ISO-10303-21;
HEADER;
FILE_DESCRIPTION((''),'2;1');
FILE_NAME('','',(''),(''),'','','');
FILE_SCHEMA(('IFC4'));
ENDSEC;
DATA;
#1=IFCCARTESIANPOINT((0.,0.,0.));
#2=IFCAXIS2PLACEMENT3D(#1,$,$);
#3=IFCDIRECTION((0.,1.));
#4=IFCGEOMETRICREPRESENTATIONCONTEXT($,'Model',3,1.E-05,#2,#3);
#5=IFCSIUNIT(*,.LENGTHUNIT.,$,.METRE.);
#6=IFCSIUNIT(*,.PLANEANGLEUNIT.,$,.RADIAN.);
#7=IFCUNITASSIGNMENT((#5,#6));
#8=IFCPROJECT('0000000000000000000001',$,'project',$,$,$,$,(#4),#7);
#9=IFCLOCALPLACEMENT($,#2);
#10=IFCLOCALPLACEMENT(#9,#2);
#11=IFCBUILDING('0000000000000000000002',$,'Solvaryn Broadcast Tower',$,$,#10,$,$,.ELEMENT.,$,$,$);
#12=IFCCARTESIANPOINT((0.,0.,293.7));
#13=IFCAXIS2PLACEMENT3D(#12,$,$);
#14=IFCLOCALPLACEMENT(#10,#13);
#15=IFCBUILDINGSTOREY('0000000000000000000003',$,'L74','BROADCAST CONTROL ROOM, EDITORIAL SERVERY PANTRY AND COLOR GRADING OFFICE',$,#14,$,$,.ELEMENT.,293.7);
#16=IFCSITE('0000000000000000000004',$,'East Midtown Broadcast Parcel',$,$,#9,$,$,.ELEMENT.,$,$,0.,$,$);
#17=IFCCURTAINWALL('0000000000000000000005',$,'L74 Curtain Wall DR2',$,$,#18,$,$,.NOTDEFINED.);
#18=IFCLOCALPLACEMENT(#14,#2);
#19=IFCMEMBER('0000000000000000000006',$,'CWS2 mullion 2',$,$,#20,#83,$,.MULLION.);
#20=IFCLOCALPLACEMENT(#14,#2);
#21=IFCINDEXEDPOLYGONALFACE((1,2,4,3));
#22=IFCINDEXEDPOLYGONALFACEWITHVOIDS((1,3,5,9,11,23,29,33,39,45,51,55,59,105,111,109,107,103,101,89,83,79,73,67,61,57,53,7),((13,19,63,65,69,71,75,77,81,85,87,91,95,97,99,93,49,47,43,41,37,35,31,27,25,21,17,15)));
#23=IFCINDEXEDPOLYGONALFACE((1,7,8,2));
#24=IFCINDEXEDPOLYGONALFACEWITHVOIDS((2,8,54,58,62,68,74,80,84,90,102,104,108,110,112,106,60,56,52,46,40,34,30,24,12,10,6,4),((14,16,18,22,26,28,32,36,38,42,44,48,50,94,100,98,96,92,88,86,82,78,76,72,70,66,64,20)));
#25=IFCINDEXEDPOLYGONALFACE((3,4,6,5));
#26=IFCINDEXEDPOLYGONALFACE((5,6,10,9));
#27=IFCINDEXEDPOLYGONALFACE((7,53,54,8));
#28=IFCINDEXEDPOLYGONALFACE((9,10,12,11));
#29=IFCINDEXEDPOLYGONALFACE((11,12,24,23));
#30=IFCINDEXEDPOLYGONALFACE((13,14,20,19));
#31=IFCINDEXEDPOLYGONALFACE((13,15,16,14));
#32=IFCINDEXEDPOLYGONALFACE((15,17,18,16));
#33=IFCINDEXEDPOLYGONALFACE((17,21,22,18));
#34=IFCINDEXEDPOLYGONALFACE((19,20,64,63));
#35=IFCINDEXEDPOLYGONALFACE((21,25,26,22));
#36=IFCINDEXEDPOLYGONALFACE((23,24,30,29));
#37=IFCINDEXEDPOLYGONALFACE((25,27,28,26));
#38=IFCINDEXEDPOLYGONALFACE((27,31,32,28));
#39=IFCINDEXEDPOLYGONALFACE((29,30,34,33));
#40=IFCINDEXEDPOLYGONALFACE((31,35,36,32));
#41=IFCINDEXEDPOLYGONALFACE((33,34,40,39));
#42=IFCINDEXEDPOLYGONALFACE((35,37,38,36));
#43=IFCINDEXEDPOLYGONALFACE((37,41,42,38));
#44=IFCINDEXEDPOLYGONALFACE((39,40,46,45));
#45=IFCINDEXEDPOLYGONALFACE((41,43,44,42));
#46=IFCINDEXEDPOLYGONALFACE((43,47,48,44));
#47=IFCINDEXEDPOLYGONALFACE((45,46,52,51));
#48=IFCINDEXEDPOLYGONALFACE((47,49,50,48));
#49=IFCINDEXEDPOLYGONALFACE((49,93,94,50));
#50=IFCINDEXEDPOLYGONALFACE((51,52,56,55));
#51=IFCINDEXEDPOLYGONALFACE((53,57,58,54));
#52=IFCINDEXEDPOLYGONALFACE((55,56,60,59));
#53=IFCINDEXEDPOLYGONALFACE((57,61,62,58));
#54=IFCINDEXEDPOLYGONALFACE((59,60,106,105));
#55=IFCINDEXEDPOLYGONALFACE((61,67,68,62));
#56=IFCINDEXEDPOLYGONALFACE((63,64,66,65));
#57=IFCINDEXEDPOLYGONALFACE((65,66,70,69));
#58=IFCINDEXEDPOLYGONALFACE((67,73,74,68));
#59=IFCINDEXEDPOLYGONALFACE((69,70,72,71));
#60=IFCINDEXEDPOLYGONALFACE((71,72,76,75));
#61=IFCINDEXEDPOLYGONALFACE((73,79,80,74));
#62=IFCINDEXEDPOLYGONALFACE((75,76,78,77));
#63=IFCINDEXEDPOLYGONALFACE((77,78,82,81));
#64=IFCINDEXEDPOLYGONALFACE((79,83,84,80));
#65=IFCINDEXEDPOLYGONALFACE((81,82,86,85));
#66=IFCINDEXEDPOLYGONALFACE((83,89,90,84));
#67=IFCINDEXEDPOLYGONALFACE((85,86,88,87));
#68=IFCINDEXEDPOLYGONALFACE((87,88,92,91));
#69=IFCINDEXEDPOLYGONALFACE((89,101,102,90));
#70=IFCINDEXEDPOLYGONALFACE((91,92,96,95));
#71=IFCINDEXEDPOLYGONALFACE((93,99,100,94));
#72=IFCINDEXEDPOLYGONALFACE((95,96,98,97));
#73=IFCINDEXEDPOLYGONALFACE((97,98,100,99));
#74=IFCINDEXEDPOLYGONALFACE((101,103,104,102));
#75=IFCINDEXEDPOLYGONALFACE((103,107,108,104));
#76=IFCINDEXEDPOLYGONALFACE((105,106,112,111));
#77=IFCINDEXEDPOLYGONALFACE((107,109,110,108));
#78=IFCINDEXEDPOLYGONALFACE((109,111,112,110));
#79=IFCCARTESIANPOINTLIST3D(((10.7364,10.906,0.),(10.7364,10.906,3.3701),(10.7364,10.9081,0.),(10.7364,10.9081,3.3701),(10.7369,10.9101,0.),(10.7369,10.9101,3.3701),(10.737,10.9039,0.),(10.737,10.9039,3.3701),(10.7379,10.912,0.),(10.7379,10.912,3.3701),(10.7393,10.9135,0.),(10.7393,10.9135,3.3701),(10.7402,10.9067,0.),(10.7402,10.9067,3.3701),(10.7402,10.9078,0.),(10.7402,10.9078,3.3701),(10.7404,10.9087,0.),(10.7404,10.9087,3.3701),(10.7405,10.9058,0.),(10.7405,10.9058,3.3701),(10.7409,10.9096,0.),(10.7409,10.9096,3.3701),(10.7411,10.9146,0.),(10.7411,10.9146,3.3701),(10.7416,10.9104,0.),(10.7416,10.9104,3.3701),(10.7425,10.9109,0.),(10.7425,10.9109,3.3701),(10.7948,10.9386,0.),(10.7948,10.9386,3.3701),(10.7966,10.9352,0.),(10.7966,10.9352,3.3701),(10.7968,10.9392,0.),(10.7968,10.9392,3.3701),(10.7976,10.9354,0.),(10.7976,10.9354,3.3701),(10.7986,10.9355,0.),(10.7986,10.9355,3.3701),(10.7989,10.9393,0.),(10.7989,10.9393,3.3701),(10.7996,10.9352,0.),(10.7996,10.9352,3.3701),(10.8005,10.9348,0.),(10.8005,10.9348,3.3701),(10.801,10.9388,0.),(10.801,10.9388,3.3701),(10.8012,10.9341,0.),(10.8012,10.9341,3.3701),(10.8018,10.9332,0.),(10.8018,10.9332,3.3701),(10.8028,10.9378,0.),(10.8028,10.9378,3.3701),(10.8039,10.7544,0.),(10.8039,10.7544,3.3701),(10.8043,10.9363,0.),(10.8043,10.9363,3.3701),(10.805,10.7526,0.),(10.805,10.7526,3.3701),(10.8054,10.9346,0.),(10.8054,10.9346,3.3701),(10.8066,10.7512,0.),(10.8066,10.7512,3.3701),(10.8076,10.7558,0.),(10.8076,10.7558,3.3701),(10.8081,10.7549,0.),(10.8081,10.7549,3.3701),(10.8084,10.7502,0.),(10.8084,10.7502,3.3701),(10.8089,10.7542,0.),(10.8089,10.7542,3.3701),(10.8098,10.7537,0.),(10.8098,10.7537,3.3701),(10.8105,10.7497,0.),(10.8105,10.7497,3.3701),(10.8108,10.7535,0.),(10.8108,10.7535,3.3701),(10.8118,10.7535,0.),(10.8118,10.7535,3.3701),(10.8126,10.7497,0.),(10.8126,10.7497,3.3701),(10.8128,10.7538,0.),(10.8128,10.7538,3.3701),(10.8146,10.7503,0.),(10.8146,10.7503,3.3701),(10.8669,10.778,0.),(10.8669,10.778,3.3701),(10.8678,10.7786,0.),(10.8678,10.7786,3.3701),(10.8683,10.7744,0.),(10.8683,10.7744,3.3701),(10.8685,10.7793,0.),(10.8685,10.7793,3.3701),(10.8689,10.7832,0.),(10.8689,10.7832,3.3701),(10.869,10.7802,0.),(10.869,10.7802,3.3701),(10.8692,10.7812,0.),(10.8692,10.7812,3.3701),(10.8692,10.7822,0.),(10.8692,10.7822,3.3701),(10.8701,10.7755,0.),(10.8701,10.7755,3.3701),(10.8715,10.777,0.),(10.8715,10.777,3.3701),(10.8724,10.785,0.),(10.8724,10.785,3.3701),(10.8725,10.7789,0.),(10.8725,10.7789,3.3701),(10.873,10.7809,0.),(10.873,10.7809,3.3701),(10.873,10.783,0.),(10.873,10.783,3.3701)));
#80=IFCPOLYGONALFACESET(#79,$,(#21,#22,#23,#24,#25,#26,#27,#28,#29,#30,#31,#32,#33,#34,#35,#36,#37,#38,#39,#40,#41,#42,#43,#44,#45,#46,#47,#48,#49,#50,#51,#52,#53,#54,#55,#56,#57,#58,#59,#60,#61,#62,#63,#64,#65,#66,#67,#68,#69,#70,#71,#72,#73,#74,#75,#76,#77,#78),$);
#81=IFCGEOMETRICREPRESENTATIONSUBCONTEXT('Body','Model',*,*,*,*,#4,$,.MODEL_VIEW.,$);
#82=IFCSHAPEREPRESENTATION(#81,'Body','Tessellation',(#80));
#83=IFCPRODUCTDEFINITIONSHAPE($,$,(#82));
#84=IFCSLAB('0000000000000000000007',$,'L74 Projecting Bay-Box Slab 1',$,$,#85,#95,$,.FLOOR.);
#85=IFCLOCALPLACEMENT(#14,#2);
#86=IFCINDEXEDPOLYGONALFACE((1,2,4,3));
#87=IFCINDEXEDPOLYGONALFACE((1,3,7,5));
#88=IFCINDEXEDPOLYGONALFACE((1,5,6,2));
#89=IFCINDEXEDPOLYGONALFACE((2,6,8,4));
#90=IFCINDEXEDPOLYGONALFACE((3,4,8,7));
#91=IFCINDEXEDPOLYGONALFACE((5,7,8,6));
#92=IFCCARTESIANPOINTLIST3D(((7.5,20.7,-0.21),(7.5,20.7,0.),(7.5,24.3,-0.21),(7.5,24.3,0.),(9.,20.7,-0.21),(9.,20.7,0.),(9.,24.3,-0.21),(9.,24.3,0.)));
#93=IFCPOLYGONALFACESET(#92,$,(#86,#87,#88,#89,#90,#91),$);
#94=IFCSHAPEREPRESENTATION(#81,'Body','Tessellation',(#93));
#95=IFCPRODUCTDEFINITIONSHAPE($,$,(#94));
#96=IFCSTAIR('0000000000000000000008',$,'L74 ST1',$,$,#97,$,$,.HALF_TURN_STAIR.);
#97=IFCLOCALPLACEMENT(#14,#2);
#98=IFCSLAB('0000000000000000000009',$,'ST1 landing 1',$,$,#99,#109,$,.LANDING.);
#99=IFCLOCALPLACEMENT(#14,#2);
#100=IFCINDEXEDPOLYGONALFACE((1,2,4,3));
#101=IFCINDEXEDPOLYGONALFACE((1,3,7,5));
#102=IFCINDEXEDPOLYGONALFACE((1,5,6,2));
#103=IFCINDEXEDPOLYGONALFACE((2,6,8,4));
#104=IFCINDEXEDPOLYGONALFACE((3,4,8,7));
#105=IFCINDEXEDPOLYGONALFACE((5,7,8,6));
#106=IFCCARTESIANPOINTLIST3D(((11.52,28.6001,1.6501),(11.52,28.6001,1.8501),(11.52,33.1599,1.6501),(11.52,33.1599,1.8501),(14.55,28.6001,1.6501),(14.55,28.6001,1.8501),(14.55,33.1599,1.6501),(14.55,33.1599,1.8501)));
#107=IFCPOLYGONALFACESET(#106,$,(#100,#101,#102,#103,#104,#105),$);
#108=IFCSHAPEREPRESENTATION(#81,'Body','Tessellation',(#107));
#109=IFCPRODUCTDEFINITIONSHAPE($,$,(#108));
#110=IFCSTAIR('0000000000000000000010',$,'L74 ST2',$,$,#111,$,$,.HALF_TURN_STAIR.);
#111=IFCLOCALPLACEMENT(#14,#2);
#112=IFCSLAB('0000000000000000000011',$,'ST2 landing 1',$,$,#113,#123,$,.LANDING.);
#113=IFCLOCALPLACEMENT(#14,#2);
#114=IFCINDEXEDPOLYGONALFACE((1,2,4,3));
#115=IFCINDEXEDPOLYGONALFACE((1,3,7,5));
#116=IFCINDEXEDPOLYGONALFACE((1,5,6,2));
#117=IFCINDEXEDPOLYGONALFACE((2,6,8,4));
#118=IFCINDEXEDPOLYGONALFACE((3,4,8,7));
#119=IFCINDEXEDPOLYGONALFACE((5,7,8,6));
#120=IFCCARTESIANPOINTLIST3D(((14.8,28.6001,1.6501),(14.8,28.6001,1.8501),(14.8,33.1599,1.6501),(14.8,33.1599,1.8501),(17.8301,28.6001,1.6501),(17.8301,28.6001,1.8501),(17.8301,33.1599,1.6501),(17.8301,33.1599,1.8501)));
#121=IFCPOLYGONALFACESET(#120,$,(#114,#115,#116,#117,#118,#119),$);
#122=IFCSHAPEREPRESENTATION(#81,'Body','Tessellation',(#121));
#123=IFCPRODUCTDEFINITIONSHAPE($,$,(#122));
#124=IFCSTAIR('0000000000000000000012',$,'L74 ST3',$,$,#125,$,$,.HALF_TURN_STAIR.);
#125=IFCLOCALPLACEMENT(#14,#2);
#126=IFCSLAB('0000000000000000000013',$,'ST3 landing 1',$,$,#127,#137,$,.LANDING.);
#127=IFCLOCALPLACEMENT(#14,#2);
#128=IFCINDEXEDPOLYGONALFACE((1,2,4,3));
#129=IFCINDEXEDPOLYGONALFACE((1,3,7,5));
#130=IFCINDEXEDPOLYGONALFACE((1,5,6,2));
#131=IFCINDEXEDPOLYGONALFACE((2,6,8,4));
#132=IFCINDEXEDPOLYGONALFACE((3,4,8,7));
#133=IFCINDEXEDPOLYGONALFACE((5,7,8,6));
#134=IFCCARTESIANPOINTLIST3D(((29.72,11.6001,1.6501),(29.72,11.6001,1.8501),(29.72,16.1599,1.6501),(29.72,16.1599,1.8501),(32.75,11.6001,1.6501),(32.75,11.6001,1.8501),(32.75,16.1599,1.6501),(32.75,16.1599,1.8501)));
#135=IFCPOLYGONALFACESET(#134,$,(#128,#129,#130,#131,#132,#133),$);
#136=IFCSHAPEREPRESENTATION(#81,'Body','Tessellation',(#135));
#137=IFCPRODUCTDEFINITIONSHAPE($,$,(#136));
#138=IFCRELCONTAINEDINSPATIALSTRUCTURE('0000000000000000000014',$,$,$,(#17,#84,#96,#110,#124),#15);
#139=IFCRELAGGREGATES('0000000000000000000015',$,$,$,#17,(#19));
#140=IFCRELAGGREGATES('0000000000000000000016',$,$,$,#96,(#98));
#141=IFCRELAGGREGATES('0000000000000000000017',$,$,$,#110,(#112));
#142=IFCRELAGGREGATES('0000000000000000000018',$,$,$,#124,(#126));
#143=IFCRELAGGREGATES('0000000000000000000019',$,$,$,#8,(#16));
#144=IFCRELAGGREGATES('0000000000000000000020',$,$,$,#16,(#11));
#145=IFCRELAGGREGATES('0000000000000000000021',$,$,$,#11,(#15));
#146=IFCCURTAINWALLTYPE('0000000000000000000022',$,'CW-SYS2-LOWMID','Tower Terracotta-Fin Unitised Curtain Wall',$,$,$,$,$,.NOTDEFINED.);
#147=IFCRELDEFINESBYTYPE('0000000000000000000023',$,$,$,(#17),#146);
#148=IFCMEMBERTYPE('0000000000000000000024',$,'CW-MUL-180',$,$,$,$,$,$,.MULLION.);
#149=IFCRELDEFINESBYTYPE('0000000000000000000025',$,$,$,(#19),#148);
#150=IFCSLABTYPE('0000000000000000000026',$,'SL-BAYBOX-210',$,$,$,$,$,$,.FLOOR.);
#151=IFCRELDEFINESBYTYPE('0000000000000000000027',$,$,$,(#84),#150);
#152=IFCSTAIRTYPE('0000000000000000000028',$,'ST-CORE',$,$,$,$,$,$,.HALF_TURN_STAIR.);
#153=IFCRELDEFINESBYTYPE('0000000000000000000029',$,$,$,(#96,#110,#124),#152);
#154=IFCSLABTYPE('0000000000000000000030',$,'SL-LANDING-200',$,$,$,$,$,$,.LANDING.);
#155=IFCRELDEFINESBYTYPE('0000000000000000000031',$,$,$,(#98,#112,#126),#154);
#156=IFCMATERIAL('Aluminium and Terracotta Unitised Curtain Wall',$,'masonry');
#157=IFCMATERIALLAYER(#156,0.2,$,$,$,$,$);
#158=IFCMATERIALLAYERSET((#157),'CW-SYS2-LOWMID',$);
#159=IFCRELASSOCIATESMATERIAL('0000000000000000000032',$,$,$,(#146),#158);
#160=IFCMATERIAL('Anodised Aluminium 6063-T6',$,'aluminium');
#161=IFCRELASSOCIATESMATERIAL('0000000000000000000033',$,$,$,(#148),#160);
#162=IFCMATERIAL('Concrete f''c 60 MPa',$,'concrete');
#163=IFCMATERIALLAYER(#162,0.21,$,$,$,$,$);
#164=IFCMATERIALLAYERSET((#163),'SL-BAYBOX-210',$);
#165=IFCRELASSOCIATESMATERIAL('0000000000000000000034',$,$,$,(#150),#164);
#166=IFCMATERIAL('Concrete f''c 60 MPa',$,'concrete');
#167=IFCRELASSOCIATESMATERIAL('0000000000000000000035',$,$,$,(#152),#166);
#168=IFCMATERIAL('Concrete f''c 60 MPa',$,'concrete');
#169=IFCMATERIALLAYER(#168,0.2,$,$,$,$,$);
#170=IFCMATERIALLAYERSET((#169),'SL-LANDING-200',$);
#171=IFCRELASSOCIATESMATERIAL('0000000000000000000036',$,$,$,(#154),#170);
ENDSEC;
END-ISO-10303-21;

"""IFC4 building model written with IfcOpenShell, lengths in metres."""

from ifc_helpers import new_model, si_unit, direction, frame, origin, origin_2d, place, context, subcontext, project, spatial, polyline, hollow_rectangle, outline, extrude, material, layer, layer_set, material_profile, profile_set, type_object, element, aggregate, save


model = new_model("IFC4")

# Units and contexts
model_context = context("Model", 3, precision=1e-05, world=origin(), true_north=direction((0.0, 1.0)))
body_context = subcontext(model_context, "Body", "Model", "MODEL_VIEW")
ifc_project = project(units=[si_unit("LENGTHUNIT", "METRE"), si_unit("PLANEANGLEUNIT", "RADIAN")], contexts=[model_context])

# Site, building, storey
site_placement = place(None, origin())
site = spatial("IfcSite", under=ifc_project, at=site_placement, Name="East Midtown Broadcast Parcel", CompositionType="ELEMENT", RefElevation=0.0)
building_placement = place(site_placement, origin())
building = spatial("IfcBuilding", under=site, at=building_placement, Name="Solvaryn Broadcast Tower", CompositionType="ELEMENT")
storey_placement = place(building_placement, frame((0.0, 0.0, 293.7)))
storey = spatial("IfcBuildingStorey", under=building, at=storey_placement, Name="L74", Description="BROADCAST CONTROL ROOM, EDITORIAL SERVERY PANTRY AND COLOR GRADING OFFICE", CompositionType="ELEMENT", Elevation=293.7)

# Curtain wall, member
ifc_material_1 = material(Name="Aluminium and Terracotta Unitised Curtain Wall", Category="masonry")
ifc_layer_1 = layer(ifc_material_1, 0.2)
ifc_layer_set_1 = layer_set([ifc_layer_1], Name="CW-SYS2-LOWMID")
curtain_wall_type = type_object("IfcCurtainWallType", Name="CW-SYS2-LOWMID", Description="Tower Terracotta-Fin Unitised Curtain Wall", PredefinedType="NOTDEFINED", material=ifc_layer_set_1)
curtain_wall_placement = place(storey_placement, origin())
curtain_wall = element("IfcCurtainWall", 1, at=curtain_wall_placement, inside=storey, type_object=curtain_wall_type, Name="L74 Curtain Wall DR2", PredefinedType="NOTDEFINED")
ifc_material_2 = material(Name="Anodised Aluminium 6063-T6", Category="aluminium")
ifc_material_profile_1 = material_profile(ifc_material_2, hollow_rectangle(XDim=0.075, YDim=0.1799, WallThickness=0.0039, InnerFilletRadius=0.0039, OuterFilletRadius=0.0081, at=origin_2d()))
ifc_profile_set_1 = profile_set([ifc_material_profile_1], Name="Anodised Aluminium 6063-T6")
member_type = type_object("IfcMemberType", Name="CW-MUL-180", PredefinedType="MULLION", material=ifc_profile_set_1)
member_placement = place(storey_placement, frame((10.8047, 10.8445, 0.0), z_axis=(0.0, 0.0, 1.0), x_axis=(0.912774, 0.408466, 0.0)))
member = element("IfcMember", 2, at=member_placement, type_object=member_type, Name="CWS2 mullion 2", PredefinedType="MULLION", context=body_context, shape_type="SweptSolid", body=[
    extrude(hollow_rectangle(XDim=0.075, YDim=0.1799, WallThickness=0.0039, InnerFilletRadius=0.0039, OuterFilletRadius=0.0081, at=origin_2d()), origin(), (0.0, 0.0, 1.0), 3.3701),
])
aggregate(curtain_wall, [member])

# Slab
ifc_material_3 = material(Name="Concrete f'c 60 MPa", Category="concrete")
ifc_layer_2 = layer(ifc_material_3, 0.21)
ifc_layer_set_2 = layer_set([ifc_layer_2], Name="SL-BAYBOX-210")
slab_type_1 = type_object("IfcSlabType", Name="SL-BAYBOX-210", PredefinedType="FLOOR", material=ifc_layer_set_2)
slab_1_placement = place(storey_placement, frame((0.0, 0.0, -0.21)))
element("IfcSlab", 3, at=slab_1_placement, inside=storey, type_object=slab_type_1, Name="L74 Projecting Bay-Box Slab 1", PredefinedType="FLOOR", context=body_context, shape_type="SweptSolid", body=[
    extrude(outline(polyline([(7.5, 20.7), (9.0, 20.7), (9.0, 24.3), (7.5, 24.3), (7.5, 20.7)])), origin(), (0.0, 0.0, 1.0), 0.21),
])

# Stairs, slabs
ifc_material_4 = material(Name="Concrete f'c 60 MPa", Category="concrete")
stair_type = type_object("IfcStairType", Name="ST-CORE", PredefinedType="HALF_TURN_STAIR", material=ifc_material_4)
stair_1_placement = place(storey_placement, origin())
stair_1 = element("IfcStair", 4, at=stair_1_placement, inside=storey, type_object=stair_type, Name="L74 ST1", PredefinedType="HALF_TURN_STAIR")
ifc_material_5 = material(Name="Concrete f'c 60 MPa", Category="concrete")
ifc_layer_3 = layer(ifc_material_5, 0.2)
ifc_layer_set_3 = layer_set([ifc_layer_3], Name="SL-LANDING-200")
slab_type_2 = type_object("IfcSlabType", Name="SL-LANDING-200", PredefinedType="LANDING", material=ifc_layer_set_3)
slab_2_placement = place(storey_placement, frame((0.0, 0.0, 1.6501)))
slab_2 = element("IfcSlab", 5, at=slab_2_placement, type_object=slab_type_2, Name="ST1 landing 1", PredefinedType="LANDING", context=body_context, shape_type="SweptSolid", body=[
    extrude(outline(polyline([(11.52, 33.1599), (11.52, 28.6001), (14.55, 28.6001), (14.55, 33.1599), (11.52, 33.1599)])), origin(), (0.0, 0.0, 1.0), 0.2),
])
aggregate(stair_1, [slab_2])
stair_2_placement = place(storey_placement, origin())
stair_2 = element("IfcStair", 6, at=stair_2_placement, inside=storey, type_object=stair_type, Name="L74 ST2", PredefinedType="HALF_TURN_STAIR")
slab_3_placement = place(storey_placement, frame((0.0, 0.0, 1.6501)))
slab_3 = element("IfcSlab", 7, at=slab_3_placement, type_object=slab_type_2, Name="ST2 landing 1", PredefinedType="LANDING", context=body_context, shape_type="SweptSolid", body=[
    extrude(outline(polyline([(14.8, 33.1599), (14.8, 28.6001), (17.8301, 28.6001), (17.8301, 33.1599), (14.8, 33.1599)])), origin(), (0.0, 0.0, 1.0), 0.2),
])
aggregate(stair_2, [slab_3])
stair_3_placement = place(storey_placement, origin())
stair_3 = element("IfcStair", 8, at=stair_3_placement, inside=storey, type_object=stair_type, Name="L74 ST3", PredefinedType="HALF_TURN_STAIR")
slab_4_placement = place(storey_placement, frame((0.0, 0.0, 1.6501)))
slab_4 = element("IfcSlab", 9, at=slab_4_placement, type_object=slab_type_2, Name="ST3 landing 1", PredefinedType="LANDING", context=body_context, shape_type="SweptSolid", body=[
    extrude(outline(polyline([(29.72, 16.1599), (29.72, 11.6001), (32.75, 11.6001), (32.75, 16.1599), (29.72, 16.1599)])), origin(), (0.0, 0.0, 1.0), 0.2),
])
aggregate(stair_3, [slab_4])

save(model, "model.ifc")
